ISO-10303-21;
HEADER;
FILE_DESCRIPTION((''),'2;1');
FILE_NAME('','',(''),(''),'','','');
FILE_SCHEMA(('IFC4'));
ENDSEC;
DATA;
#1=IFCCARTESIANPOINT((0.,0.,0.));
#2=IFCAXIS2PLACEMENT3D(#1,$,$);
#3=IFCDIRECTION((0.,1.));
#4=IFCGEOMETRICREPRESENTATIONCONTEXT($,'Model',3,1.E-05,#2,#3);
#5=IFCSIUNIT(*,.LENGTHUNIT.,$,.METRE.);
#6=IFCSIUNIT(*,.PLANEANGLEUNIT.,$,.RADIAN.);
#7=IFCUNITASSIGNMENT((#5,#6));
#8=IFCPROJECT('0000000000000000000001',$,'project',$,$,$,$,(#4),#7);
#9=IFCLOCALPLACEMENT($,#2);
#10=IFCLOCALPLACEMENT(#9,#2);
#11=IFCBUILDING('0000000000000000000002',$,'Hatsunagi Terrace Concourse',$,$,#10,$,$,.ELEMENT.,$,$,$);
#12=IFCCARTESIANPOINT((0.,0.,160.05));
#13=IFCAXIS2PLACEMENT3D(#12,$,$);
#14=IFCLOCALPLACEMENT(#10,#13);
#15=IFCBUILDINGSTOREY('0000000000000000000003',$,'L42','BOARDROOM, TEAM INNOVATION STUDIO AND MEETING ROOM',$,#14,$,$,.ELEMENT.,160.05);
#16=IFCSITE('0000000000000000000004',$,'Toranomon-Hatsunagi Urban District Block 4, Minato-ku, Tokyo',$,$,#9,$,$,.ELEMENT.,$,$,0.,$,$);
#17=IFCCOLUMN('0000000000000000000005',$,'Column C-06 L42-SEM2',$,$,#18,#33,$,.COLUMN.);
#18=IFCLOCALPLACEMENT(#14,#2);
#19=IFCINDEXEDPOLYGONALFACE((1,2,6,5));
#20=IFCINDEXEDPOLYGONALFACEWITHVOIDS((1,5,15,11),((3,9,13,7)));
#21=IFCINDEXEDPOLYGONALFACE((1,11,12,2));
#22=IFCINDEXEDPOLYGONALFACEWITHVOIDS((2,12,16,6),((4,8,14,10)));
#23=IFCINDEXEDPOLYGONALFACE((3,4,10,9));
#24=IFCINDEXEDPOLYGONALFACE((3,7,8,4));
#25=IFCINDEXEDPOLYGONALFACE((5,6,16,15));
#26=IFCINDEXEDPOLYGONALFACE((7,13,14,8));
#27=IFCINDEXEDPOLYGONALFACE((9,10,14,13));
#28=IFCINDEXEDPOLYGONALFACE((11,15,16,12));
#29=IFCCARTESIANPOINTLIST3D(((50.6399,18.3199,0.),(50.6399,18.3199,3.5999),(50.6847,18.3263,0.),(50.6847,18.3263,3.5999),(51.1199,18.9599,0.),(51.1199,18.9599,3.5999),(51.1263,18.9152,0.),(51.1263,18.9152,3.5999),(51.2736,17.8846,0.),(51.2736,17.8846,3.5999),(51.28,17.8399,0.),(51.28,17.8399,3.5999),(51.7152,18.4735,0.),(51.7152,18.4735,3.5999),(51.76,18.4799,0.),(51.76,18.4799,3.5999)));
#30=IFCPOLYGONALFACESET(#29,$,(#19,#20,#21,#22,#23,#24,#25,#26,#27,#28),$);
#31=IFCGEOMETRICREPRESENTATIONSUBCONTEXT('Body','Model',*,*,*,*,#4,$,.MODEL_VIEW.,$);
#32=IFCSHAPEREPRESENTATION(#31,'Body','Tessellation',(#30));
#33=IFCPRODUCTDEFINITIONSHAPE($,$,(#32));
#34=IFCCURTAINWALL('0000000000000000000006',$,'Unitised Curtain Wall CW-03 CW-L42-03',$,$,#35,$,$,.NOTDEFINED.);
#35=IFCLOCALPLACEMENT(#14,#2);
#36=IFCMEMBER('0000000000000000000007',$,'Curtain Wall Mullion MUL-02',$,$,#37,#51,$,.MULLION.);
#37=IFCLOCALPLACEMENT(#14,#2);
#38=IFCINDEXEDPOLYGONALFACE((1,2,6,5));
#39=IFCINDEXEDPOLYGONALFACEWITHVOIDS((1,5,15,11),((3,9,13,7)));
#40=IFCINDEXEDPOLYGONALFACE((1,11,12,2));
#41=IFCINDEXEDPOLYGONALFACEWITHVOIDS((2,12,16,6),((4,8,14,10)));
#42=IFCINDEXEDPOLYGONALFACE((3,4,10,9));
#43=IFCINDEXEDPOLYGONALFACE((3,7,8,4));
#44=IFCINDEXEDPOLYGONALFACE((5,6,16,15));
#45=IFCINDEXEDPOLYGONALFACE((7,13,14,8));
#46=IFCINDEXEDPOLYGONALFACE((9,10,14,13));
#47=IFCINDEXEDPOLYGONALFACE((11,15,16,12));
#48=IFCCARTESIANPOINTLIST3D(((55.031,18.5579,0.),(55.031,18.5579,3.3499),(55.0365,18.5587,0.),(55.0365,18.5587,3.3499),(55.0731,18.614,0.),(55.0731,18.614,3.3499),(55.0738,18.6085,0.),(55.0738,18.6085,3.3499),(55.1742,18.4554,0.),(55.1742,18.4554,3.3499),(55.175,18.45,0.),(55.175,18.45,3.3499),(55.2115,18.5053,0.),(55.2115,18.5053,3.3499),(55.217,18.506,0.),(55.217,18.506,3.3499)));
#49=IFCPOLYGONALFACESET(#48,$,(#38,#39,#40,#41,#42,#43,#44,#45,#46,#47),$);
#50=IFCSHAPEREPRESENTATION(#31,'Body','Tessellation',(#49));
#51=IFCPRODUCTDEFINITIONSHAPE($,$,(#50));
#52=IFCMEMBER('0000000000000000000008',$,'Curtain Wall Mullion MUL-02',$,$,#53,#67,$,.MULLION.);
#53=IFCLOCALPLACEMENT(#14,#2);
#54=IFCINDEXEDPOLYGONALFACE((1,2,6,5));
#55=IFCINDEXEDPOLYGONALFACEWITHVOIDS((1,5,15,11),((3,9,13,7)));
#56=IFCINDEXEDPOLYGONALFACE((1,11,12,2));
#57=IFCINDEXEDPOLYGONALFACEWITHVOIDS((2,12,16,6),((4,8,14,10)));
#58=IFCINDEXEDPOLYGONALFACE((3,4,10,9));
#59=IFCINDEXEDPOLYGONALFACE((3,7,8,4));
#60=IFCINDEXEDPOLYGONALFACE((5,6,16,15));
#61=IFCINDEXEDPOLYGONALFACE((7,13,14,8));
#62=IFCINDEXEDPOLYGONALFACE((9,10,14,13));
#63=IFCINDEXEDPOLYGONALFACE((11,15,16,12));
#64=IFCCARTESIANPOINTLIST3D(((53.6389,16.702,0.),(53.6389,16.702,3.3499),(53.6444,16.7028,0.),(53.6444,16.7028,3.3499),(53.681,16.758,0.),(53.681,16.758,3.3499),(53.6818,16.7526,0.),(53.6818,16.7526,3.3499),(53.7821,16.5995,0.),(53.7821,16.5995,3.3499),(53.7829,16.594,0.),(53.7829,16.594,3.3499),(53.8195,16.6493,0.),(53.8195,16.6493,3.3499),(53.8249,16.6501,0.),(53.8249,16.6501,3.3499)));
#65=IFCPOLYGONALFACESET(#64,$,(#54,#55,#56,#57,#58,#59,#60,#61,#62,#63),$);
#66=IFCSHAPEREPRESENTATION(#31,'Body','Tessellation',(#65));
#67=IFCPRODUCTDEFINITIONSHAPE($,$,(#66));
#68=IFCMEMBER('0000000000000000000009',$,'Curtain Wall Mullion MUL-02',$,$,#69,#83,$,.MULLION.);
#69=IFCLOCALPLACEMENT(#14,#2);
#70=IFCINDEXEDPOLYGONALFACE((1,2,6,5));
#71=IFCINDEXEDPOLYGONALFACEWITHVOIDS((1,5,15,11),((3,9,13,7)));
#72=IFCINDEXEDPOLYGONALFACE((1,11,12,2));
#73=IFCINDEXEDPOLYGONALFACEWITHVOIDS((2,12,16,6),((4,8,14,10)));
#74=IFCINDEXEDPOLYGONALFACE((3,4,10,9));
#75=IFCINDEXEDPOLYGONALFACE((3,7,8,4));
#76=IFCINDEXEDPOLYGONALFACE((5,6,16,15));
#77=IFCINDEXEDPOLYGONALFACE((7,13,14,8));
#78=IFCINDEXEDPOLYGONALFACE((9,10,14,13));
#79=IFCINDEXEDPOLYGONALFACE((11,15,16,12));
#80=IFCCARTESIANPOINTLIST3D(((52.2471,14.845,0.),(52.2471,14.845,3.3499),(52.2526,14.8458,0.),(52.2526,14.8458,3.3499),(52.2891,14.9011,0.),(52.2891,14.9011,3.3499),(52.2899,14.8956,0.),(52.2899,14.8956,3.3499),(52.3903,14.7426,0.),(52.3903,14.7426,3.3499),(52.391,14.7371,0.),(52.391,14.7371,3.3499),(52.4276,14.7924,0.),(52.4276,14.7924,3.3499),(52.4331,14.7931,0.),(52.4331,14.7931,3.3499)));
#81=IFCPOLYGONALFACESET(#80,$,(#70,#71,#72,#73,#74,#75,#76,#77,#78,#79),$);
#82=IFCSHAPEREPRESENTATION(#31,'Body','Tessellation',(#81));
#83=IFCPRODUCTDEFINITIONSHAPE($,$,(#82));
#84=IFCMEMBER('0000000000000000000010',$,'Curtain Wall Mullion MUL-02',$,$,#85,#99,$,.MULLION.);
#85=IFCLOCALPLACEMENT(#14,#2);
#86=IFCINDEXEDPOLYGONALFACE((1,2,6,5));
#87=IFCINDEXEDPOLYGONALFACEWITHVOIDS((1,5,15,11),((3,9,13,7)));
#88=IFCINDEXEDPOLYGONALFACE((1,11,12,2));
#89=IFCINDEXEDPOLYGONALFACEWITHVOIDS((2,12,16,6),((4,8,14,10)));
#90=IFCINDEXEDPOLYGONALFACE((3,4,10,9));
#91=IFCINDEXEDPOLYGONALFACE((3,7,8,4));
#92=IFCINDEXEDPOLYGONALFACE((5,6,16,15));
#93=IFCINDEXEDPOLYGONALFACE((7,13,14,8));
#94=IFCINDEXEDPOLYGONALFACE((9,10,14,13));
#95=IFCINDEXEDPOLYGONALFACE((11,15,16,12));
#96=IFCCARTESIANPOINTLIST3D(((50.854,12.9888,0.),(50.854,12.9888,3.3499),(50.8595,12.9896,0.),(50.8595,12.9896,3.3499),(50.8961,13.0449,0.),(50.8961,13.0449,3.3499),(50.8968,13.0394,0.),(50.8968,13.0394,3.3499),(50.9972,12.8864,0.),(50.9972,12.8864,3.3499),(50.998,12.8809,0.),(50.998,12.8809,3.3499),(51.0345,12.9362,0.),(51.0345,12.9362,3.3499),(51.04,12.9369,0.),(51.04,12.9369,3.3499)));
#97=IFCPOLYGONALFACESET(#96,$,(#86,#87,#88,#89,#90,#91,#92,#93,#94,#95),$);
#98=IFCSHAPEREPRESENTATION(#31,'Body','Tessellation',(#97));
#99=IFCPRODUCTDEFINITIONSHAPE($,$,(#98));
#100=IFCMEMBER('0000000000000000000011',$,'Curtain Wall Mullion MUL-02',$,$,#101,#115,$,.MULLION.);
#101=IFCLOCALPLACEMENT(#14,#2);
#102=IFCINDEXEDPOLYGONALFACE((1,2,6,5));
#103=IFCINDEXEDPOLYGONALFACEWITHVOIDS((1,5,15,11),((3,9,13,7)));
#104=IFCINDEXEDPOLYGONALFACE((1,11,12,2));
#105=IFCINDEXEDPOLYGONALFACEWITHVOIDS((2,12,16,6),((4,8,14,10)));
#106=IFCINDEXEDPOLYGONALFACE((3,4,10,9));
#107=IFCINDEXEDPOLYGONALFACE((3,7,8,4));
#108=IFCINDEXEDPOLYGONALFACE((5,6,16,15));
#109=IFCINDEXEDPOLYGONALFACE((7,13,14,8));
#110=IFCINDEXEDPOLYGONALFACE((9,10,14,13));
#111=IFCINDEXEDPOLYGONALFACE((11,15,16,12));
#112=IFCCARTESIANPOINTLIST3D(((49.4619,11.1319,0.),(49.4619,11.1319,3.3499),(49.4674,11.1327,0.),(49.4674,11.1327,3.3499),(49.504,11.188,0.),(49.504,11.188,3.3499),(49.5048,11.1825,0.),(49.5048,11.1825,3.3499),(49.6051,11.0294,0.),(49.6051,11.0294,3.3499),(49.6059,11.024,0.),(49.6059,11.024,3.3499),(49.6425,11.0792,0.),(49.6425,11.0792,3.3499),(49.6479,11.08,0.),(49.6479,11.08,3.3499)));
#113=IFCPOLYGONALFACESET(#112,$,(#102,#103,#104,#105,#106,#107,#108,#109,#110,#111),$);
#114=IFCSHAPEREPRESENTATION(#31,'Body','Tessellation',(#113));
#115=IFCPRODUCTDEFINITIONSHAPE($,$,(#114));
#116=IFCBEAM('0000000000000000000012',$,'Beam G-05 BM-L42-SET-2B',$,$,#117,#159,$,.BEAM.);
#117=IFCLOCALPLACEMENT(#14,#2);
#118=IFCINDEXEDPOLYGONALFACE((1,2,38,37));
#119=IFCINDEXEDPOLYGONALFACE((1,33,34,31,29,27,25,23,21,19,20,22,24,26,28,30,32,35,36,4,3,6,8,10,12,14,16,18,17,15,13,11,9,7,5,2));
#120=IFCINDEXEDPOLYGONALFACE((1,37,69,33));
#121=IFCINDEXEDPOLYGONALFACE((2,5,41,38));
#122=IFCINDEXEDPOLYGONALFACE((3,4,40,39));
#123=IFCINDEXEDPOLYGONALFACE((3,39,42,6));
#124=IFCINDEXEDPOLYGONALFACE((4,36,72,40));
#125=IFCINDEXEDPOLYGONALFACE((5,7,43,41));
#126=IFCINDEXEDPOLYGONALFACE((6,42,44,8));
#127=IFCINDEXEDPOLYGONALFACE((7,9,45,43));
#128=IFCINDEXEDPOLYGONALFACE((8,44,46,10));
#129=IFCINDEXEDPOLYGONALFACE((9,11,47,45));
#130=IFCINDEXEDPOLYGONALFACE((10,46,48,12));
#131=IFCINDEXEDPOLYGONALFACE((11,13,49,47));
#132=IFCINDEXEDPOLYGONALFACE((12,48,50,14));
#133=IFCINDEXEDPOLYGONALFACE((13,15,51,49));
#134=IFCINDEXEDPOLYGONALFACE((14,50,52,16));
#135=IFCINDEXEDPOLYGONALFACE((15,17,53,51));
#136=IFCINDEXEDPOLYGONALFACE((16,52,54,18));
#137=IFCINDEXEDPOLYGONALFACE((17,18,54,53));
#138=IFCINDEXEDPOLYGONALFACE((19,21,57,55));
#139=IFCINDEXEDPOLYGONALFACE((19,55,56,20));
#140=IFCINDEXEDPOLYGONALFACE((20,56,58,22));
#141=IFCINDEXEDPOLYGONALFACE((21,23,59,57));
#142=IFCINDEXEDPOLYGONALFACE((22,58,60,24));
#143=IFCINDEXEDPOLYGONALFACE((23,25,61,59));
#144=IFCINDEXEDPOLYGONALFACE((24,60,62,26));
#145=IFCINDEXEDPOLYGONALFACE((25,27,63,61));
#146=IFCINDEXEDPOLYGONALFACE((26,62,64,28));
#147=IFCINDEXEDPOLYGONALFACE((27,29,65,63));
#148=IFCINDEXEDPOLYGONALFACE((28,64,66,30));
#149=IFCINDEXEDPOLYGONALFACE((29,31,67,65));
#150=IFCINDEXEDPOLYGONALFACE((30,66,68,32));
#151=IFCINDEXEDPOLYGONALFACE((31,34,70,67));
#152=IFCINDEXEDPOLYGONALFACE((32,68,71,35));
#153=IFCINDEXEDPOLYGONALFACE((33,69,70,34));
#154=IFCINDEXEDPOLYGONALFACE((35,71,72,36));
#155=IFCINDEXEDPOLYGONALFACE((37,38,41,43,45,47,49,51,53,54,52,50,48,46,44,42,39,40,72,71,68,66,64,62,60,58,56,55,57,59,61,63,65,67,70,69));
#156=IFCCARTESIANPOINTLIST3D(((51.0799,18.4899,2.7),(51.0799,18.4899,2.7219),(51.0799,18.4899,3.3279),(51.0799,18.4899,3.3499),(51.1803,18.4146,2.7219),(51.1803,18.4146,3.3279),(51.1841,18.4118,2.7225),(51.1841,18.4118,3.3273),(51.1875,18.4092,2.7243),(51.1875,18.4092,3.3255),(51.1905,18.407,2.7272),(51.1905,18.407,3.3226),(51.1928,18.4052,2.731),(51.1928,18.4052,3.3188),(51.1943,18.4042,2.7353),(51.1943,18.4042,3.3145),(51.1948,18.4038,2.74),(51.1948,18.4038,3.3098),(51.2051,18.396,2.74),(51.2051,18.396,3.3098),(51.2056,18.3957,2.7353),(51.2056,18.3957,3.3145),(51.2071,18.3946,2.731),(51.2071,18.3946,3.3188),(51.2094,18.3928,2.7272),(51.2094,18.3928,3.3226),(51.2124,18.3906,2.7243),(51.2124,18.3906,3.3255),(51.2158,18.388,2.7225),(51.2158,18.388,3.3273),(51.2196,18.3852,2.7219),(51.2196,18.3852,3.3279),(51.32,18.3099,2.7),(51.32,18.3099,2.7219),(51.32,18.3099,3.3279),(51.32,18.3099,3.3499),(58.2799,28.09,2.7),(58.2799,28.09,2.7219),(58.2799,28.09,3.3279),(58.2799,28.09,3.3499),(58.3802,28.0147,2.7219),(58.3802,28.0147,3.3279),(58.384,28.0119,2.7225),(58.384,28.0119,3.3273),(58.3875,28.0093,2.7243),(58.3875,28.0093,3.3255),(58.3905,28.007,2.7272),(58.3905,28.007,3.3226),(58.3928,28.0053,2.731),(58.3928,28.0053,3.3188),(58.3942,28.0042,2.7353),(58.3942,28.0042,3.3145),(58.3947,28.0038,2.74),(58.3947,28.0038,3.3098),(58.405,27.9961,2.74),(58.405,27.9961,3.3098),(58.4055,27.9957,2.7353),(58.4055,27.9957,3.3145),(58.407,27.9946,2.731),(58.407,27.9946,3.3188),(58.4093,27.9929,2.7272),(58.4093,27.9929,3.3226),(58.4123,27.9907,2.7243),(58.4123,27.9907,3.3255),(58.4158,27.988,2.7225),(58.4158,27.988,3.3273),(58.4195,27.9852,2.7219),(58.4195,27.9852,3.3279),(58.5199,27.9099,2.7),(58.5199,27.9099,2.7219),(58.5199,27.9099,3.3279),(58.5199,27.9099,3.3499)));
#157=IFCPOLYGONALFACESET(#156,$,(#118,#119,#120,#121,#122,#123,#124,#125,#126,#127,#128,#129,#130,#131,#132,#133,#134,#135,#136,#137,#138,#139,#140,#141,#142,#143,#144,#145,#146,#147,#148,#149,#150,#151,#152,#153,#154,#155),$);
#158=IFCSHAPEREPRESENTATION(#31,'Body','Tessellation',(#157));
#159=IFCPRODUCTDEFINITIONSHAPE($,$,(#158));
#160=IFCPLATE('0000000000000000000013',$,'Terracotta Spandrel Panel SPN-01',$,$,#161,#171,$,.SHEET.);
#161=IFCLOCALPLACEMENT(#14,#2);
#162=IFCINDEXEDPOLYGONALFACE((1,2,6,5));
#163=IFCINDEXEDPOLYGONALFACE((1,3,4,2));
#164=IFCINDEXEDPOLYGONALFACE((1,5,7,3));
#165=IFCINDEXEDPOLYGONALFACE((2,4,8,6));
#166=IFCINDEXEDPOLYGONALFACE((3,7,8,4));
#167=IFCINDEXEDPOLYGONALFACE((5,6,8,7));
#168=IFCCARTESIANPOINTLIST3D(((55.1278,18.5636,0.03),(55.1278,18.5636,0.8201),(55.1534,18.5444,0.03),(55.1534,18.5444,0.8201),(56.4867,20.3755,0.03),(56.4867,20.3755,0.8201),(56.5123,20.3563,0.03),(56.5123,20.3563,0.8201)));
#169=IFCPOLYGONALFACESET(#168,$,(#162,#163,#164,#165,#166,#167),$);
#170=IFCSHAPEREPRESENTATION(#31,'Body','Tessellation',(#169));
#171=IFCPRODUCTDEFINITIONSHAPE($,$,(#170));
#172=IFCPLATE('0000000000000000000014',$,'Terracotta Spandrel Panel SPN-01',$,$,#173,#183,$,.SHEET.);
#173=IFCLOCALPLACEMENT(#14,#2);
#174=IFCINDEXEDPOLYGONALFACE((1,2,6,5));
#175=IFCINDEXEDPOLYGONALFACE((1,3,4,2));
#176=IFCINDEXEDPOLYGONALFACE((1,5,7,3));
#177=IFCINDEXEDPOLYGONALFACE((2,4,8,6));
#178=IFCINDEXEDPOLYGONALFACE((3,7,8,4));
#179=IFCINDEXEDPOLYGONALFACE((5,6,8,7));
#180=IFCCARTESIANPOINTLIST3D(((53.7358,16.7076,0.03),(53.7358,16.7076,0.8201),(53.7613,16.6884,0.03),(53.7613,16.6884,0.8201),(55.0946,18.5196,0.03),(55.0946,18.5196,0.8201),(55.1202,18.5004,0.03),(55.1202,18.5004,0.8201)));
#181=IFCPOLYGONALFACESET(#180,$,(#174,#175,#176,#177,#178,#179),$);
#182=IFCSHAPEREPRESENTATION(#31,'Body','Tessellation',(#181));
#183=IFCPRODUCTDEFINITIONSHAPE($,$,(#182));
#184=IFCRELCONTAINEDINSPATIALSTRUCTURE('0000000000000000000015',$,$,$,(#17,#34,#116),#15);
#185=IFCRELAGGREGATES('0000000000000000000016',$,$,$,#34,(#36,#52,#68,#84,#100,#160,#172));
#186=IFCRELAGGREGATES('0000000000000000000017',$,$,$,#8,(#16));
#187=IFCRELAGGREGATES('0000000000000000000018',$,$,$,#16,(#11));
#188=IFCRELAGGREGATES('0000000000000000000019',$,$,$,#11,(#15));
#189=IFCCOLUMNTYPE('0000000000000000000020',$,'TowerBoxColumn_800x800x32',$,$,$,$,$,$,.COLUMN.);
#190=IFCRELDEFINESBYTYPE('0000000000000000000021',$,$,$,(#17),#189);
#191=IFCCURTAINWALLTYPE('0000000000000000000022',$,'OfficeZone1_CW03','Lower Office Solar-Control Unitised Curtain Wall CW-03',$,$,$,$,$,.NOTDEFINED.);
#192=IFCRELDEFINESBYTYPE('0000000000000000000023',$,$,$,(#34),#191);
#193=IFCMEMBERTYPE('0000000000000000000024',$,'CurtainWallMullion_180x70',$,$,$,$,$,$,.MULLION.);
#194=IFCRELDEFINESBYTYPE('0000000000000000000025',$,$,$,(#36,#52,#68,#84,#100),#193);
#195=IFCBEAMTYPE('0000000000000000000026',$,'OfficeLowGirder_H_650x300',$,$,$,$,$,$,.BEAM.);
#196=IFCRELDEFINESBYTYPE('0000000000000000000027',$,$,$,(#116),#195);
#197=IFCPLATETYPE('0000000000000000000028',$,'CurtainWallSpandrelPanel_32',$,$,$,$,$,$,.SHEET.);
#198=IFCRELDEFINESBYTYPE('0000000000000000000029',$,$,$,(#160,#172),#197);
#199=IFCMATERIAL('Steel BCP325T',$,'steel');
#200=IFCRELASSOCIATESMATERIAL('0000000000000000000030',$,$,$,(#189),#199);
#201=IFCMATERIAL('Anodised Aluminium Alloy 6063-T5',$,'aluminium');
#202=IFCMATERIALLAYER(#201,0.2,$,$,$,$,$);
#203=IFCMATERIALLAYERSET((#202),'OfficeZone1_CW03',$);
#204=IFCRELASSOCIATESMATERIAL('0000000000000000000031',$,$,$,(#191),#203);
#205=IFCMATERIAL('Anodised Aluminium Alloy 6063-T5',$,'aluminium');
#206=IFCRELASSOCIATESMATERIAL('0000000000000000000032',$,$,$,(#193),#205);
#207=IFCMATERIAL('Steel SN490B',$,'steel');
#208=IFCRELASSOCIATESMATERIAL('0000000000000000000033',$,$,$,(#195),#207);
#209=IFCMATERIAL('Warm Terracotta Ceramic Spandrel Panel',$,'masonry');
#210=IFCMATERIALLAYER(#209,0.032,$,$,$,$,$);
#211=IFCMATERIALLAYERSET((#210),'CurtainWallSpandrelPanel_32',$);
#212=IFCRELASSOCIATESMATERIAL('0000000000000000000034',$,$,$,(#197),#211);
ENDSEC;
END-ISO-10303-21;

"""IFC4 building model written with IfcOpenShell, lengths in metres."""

from ifc_helpers import new_model, si_unit, direction, frame, origin, origin_2d, place, context, subcontext, project, spatial, rectangle, hollow_rectangle, i_section, extrude, material, layer, layer_set, material_profile, profile_set, type_object, element, aggregate, save


model = new_model("IFC4")

# Units and contexts
model_context = context("Model", 3, precision=1e-05, world=origin(), true_north=direction((0.0, 1.0)))
body_context = subcontext(model_context, "Body", "Model", "MODEL_VIEW")
ifc_project = project(units=[si_unit("LENGTHUNIT", "METRE"), si_unit("PLANEANGLEUNIT", "RADIAN")], contexts=[model_context])

# Site, building, storey
site_placement = place(None, origin())
site = spatial("IfcSite", under=ifc_project, at=site_placement, Name="Toranomon-Hatsunagi Urban District Block 4, Minato-ku, Tokyo", CompositionType="ELEMENT", RefElevation=0.0)
building_placement = place(site_placement, origin())
building = spatial("IfcBuilding", under=site, at=building_placement, Name="Hatsunagi Terrace Concourse", CompositionType="ELEMENT")
storey_placement = place(building_placement, frame((0.0, 0.0, 160.05)))
storey = spatial("IfcBuildingStorey", under=building, at=storey_placement, Name="L42", Description="BOARDROOM, TEAM INNOVATION STUDIO AND MEETING ROOM", CompositionType="ELEMENT", Elevation=160.05)

# Column
ifc_material_1 = material(Name="Steel BCP325T", Category="steel")
ifc_material_profile_1 = material_profile(ifc_material_1, hollow_rectangle(XDim=0.8, YDim=0.8, WallThickness=0.032, at=origin_2d()), Name="BCP-800x800x32")
ifc_profile_set_1 = profile_set([ifc_material_profile_1], Name="Steel BCP325T")
column_type = type_object("IfcColumnType", Name="TowerBoxColumn_800x800x32", PredefinedType="COLUMN", material=ifc_profile_set_1)
column_placement = place(storey_placement, frame((51.2, 18.3999, 0.0), z_axis=(0.0, 0.0, 1.0), x_axis=(0.8, -0.6, 0.0)))
element("IfcColumn", 1, at=column_placement, inside=storey, type_object=column_type, Name="Column C-06 L42-SEM2", PredefinedType="COLUMN", context=body_context, shape_type="SweptSolid", body=[
    extrude(hollow_rectangle(XDim=0.8, YDim=0.8, WallThickness=0.032, at=origin_2d()), origin(), (0.0, 0.0, 1.0), 3.5999),
])

# Curtain wall, members
ifc_material_2 = material(Name="Anodised Aluminium Alloy 6063-T5", Category="aluminium")
ifc_layer_1 = layer(ifc_material_2, 0.2)
ifc_layer_set_1 = layer_set([ifc_layer_1], Name="OfficeZone1_CW03")
curtain_wall_type = type_object("IfcCurtainWallType", Name="OfficeZone1_CW03", Description="Lower Office Solar-Control Unitised Curtain Wall CW-03", PredefinedType="NOTDEFINED", material=ifc_layer_set_1)
curtain_wall_placement = place(storey_placement, origin())
curtain_wall = element("IfcCurtainWall", 2, at=curtain_wall_placement, inside=storey, type_object=curtain_wall_type, Name="Unitised Curtain Wall CW-03 CW-L42-03", PredefinedType="NOTDEFINED")
ifc_material_3 = material(Name="Anodised Aluminium Alloy 6063-T5", Category="aluminium")
ifc_material_profile_2 = material_profile(ifc_material_3, hollow_rectangle(XDim=0.0701, YDim=0.1799, WallThickness=0.0039, at=origin_2d()), Name="ALU-MUL-180x70x4")
ifc_profile_set_2 = profile_set([ifc_material_profile_2], Name="Anodised Aluminium Alloy 6063-T5")
member_type = type_object("IfcMemberType", Name="CurtainWallMullion_180x70", PredefinedType="MULLION", material=ifc_profile_set_2)
member_1_placement = place(storey_placement, frame((55.124, 18.532, 0.0), z_axis=(0.0, 0.0, 1.0), x_axis=(-0.599969, -0.800023, 0.0)))
member_1 = element("IfcMember", 3, at=member_1_placement, type_object=member_type, Name="Curtain Wall Mullion MUL-02", PredefinedType="MULLION", context=body_context, shape_type="SweptSolid", body=[
    extrude(hollow_rectangle(XDim=0.0701, YDim=0.1799, WallThickness=0.0039, at=origin_2d()), origin(), (0.0, 0.0, 1.0), 3.3499),
])
member_2_placement = place(storey_placement, frame((53.7319, 16.676, 0.0), z_axis=(0.0, 0.0, 1.0), x_axis=(-0.599969, -0.800023, 0.0)))
member_2 = element("IfcMember", 4, at=member_2_placement, type_object=member_type, Name="Curtain Wall Mullion MUL-02", PredefinedType="MULLION", context=body_context, shape_type="SweptSolid", body=[
    extrude(hollow_rectangle(XDim=0.0701, YDim=0.1799, WallThickness=0.0039, at=origin_2d()), origin(), (0.0, 0.0, 1.0), 3.3499),
])
member_3_placement = place(storey_placement, frame((52.3401, 14.8191, 0.0), z_axis=(0.0, 0.0, 1.0), x_axis=(-0.599969, -0.800023, 0.0)))
member_3 = element("IfcMember", 5, at=member_3_placement, type_object=member_type, Name="Curtain Wall Mullion MUL-02", PredefinedType="MULLION", context=body_context, shape_type="SweptSolid", body=[
    extrude(hollow_rectangle(XDim=0.0701, YDim=0.1799, WallThickness=0.0039, at=origin_2d()), origin(), (0.0, 0.0, 1.0), 3.3499),
])
member_4_placement = place(storey_placement, frame((50.947, 12.9629, 0.0), z_axis=(0.0, 0.0, 1.0), x_axis=(-0.599969, -0.800023, 0.0)))
member_4 = element("IfcMember", 6, at=member_4_placement, type_object=member_type, Name="Curtain Wall Mullion MUL-02", PredefinedType="MULLION", context=body_context, shape_type="SweptSolid", body=[
    extrude(hollow_rectangle(XDim=0.0701, YDim=0.1799, WallThickness=0.0039, at=origin_2d()), origin(), (0.0, 0.0, 1.0), 3.3499),
])
member_5_placement = place(storey_placement, frame((49.5549, 11.106, 0.0), z_axis=(0.0, 0.0, 1.0), x_axis=(-0.599969, -0.800023, 0.0)))
member_5 = element("IfcMember", 7, at=member_5_placement, type_object=member_type, Name="Curtain Wall Mullion MUL-02", PredefinedType="MULLION", context=body_context, shape_type="SweptSolid", body=[
    extrude(hollow_rectangle(XDim=0.0701, YDim=0.1799, WallThickness=0.0039, at=origin_2d()), origin(), (0.0, 0.0, 1.0), 3.3499),
])

# Beam
ifc_material_4 = material(Name="Steel SN490B", Category="steel")
ifc_material_profile_3 = material_profile(ifc_material_4, i_section(OverallWidth=0.3, OverallDepth=0.6499, WebThickness=0.0129, FlangeThickness=0.022, FilletRadius=0.0181, at=origin_2d()), Name="H-650x300x13x22")
ifc_profile_set_3 = profile_set([ifc_material_profile_3], Name="Steel SN490B")
beam_type = type_object("IfcBeamType", Name="OfficeLowGirder_H_650x300", PredefinedType="BEAM", material=ifc_profile_set_3)
beam_placement = place(storey_placement, frame((51.2, 18.3999, 3.0249), z_axis=(0.599993, 0.800005, 0.0), x_axis=(-0.800005, 0.599993, 0.0)))
element("IfcBeam", 8, at=beam_placement, inside=storey, type_object=beam_type, Name="Beam G-05 BM-L42-SET-2B", PredefinedType="BEAM", context=body_context, shape_type="SweptSolid", body=[
    extrude(i_section(OverallWidth=0.3, OverallDepth=0.6499, WebThickness=0.0129, FlangeThickness=0.022, FilletRadius=0.0181, at=origin_2d()), origin(), (0.0, 0.0, 1.0), 12.0),
])

# Plates
ifc_material_5 = material(Name="Warm Terracotta Ceramic Spandrel Panel", Category="masonry")
ifc_layer_2 = layer(ifc_material_5, 0.032)
ifc_layer_set_2 = layer_set([ifc_layer_2], Name="CurtainWallSpandrelPanel_32")
plate_type_1 = type_object("IfcPlateType", Name="CurtainWallSpandrelPanel_32", PredefinedType="SHEET", material=ifc_layer_set_2)
plate_1_placement = place(storey_placement, frame((55.8201, 19.46, 0.03), z_axis=(0.0, 0.0, 1.0), x_axis=(-0.599969, -0.800023, 0.0)))
plate_1 = element("IfcPlate", 9, at=plate_1_placement, type_object=plate_type_1, Name="Terracotta Spandrel Panel SPN-01", PredefinedType="SHEET", context=body_context, shape_type="SweptSolid", body=[
    extrude(rectangle(XDim=2.2649, YDim=0.032, at=origin_2d()), origin(), (0.0, 0.0, 1.0), 0.79),
])
plate_2_placement = place(storey_placement, frame((54.428, 17.604, 0.03), z_axis=(0.0, 0.0, 1.0), x_axis=(-0.599969, -0.800023, 0.0)))
plate_2 = element("IfcPlate", 10, at=plate_2_placement, type_object=plate_type_1, Name="Terracotta Spandrel Panel SPN-01", PredefinedType="SHEET", context=body_context, shape_type="SweptSolid", body=[
    extrude(rectangle(XDim=2.2649, YDim=0.032, at=origin_2d()), origin(), (0.0, 0.0, 1.0), 0.79),
])
aggregate(curtain_wall, [member_1, member_2, member_3, member_4, member_5, plate_1, plate_2])

save(model, "model.ifc")
